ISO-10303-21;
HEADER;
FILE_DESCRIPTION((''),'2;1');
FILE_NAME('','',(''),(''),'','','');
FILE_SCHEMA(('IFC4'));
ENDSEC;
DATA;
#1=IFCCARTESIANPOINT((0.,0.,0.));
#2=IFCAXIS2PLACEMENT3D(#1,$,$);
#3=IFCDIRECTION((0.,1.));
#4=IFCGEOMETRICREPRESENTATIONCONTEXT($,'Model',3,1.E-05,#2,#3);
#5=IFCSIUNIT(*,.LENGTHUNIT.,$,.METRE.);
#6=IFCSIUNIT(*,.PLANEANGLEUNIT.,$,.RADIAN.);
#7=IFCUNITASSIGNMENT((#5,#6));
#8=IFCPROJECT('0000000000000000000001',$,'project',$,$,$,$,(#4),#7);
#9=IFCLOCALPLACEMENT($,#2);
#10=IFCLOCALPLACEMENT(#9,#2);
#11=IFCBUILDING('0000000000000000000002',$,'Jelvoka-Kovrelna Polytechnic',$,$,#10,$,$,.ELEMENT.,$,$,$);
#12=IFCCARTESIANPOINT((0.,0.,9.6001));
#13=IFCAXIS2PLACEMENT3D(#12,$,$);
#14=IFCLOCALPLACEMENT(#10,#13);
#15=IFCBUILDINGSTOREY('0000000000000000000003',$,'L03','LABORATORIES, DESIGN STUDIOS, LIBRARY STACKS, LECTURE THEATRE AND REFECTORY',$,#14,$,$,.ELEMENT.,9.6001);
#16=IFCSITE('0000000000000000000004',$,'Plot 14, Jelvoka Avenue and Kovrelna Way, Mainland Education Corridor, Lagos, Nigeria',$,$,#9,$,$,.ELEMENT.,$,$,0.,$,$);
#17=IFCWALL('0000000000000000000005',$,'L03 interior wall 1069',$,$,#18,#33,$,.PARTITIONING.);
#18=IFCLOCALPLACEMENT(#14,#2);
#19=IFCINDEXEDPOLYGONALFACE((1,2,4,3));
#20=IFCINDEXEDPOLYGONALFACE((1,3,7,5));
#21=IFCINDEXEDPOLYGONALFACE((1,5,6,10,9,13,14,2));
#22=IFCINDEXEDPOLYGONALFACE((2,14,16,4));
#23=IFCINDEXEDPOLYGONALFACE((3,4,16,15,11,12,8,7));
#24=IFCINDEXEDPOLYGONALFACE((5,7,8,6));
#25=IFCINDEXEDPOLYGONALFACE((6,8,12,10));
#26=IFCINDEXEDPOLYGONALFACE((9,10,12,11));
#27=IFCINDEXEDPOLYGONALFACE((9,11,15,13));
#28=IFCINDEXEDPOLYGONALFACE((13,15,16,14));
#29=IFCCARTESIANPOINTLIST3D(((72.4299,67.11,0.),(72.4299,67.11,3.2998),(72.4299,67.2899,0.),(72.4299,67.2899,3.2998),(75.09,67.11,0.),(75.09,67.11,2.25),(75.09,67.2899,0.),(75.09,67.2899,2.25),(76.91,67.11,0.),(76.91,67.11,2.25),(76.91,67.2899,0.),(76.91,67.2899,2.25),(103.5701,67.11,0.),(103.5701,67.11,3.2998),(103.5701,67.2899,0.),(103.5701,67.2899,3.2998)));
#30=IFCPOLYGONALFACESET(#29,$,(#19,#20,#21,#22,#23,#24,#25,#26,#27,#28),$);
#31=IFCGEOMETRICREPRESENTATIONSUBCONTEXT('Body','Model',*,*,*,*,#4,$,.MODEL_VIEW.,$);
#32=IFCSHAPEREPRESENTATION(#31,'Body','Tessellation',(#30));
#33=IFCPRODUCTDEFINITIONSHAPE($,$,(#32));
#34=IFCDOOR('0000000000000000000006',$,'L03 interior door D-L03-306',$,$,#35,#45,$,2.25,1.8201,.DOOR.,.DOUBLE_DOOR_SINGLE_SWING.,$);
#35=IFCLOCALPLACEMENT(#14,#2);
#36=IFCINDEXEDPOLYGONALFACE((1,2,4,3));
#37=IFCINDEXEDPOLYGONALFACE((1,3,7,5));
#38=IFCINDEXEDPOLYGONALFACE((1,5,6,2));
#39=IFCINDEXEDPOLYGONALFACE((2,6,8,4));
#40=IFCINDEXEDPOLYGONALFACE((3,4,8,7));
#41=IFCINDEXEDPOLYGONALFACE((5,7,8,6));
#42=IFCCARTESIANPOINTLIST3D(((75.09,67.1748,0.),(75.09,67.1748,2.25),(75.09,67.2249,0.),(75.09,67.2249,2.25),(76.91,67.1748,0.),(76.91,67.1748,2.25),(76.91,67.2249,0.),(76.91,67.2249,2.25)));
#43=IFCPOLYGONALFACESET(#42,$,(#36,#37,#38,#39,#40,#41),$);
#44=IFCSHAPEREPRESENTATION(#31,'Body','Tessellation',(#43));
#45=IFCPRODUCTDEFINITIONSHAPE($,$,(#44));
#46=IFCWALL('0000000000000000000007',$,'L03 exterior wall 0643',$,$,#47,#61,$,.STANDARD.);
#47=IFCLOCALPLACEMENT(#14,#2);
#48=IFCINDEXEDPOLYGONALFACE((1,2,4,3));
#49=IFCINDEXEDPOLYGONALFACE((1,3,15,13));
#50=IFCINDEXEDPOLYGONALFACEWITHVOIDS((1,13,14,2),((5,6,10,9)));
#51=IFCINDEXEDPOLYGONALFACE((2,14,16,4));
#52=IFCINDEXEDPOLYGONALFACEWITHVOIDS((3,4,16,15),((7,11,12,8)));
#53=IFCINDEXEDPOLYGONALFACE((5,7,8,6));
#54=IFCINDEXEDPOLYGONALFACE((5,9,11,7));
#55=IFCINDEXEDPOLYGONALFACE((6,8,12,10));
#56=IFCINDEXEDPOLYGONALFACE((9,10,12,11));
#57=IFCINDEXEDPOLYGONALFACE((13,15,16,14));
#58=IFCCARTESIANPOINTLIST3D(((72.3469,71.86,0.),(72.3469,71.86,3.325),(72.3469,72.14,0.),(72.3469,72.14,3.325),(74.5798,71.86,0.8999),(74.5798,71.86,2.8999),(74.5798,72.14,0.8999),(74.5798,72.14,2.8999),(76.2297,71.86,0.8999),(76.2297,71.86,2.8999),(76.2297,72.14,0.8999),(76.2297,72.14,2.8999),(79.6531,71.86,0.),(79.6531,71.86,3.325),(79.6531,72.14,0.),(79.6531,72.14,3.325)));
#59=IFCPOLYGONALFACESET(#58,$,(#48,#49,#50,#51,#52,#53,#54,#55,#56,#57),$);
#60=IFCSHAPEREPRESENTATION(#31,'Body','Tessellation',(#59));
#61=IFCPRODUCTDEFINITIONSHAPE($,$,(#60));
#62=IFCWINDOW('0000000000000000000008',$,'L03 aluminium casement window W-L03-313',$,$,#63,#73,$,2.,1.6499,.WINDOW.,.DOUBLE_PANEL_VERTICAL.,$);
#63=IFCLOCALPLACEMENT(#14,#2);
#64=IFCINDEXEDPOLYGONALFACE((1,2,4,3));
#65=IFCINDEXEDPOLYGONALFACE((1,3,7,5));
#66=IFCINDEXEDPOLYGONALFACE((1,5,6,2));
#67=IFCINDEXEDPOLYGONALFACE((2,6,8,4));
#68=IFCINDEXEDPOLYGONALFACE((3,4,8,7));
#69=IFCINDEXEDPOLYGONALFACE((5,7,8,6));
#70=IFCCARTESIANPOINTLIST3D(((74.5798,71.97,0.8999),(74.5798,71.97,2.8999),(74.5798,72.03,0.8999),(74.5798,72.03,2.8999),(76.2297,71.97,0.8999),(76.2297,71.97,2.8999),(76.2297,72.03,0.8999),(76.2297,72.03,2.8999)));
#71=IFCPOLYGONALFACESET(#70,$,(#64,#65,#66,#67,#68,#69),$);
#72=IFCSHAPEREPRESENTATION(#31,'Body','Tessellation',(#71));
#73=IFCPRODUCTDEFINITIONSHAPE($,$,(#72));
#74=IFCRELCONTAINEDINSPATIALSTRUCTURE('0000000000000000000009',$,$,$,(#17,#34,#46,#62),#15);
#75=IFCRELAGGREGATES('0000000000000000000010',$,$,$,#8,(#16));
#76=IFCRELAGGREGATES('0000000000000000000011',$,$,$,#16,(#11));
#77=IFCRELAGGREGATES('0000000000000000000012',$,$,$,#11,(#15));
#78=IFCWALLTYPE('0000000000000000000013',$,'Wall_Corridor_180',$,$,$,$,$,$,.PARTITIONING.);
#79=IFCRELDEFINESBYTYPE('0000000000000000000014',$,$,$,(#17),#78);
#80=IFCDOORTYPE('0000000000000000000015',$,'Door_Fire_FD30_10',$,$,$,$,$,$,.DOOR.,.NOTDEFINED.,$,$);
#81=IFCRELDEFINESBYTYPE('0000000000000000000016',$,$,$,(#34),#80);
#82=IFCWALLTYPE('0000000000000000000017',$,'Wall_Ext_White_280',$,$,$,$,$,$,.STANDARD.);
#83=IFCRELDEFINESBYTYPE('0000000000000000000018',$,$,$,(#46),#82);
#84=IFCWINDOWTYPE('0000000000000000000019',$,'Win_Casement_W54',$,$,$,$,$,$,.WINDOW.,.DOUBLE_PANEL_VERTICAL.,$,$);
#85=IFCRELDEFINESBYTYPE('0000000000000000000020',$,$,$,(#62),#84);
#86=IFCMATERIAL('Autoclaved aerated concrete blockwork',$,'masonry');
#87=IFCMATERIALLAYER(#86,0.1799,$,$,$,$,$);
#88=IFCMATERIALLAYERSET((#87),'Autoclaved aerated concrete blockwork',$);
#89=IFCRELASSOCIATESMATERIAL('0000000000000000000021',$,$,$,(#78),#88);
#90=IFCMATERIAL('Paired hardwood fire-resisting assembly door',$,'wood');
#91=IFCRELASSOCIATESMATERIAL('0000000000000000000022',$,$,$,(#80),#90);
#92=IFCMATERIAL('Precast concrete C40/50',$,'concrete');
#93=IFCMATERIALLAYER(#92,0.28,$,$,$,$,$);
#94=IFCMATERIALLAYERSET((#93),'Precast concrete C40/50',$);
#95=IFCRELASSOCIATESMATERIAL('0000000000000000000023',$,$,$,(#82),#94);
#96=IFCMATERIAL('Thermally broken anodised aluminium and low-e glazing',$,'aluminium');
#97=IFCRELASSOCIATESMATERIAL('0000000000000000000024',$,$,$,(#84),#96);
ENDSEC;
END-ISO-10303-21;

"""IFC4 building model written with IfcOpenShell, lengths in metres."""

from ifc_helpers import new_model, si_unit, direction, frame, frame_2d, origin, place, context, subcontext, project, spatial, rectangle, extrude, material, layer, layer_set, type_object, element, fill, save


model = new_model("IFC4")

# Units and contexts
model_context = context("Model", 3, precision=1e-05, world=origin(), true_north=direction((0.0, 1.0)))
body_context = subcontext(model_context, "Body", "Model", "MODEL_VIEW")
ifc_project = project(units=[si_unit("LENGTHUNIT", "METRE"), si_unit("PLANEANGLEUNIT", "RADIAN")], contexts=[model_context])

# Site, building, storey
site_placement = place(None, origin())
site = spatial("IfcSite", under=ifc_project, at=site_placement, Name="Plot 14, Jelvoka Avenue and Kovrelna Way, Mainland Education Corridor, Lagos, Nigeria", CompositionType="ELEMENT", RefElevation=0.0)
building_placement = place(site_placement, origin())
building = spatial("IfcBuilding", under=site, at=building_placement, Name="Jelvoka-Kovrelna Polytechnic", CompositionType="ELEMENT")
storey_placement = place(building_placement, frame((0.0, 0.0, 9.6001)))
storey = spatial("IfcBuildingStorey", under=building, at=storey_placement, Name="L03", Description="LABORATORIES, DESIGN STUDIOS, LIBRARY STACKS, LECTURE THEATRE AND REFECTORY", CompositionType="ELEMENT", Elevation=9.6001)

# Wall, opening, door
ifc_material_1 = material(Name="Autoclaved aerated concrete blockwork", Category="masonry")
ifc_layer_1 = layer(ifc_material_1, 0.1799)
ifc_layer_set_1 = layer_set([ifc_layer_1], Name="Autoclaved aerated concrete blockwork")
wall_type_1 = type_object("IfcWallType", Name="Wall_Corridor_180", PredefinedType="PARTITIONING", material=ifc_layer_set_1)
wall_1_placement = place(storey_placement, frame((72.4299, 67.2, 0.0), z_axis=(0.0, 0.0, 1.0), x_axis=(1.0, 0.0, 0.0)))
wall_1 = element("IfcWall", 1, at=wall_1_placement, inside=storey, type_object=wall_type_1, Name="L03 interior wall 1069", PredefinedType="PARTITIONING", context=body_context, shape_type="SweptSolid", body=[
    extrude(rectangle(XDim=31.1401, YDim=0.1799, at=frame_2d((15.5701, 0.0))), origin(), (0.0, 0.0, 1.0), 3.2998),
])
opening_1_placement = place(wall_1_placement, frame((2.6599, 0.0, 0.0)))
opening_1 = element("IfcOpeningElement", 2, at=opening_1_placement, cuts=wall_1, PredefinedType="OPENING", context=body_context, shape_type="SweptSolid", body=[
    extrude(rectangle(XDim=1.8201, YDim=2.25, at=frame_2d((0.9102, 1.125))), frame((0.0, 0.0999, 0.0), z_axis=(0.0, -1.0, 0.0), x_axis=(1.0, 0.0, 0.0)), (0.0, 0.0, 1.0), 0.2),
])
ifc_material_2 = material(Name="Paired hardwood fire-resisting assembly door", Category="wood")
door_type = type_object("IfcDoorType", Name="Door_Fire_FD30_10", OperationType="NOTDEFINED", PredefinedType="DOOR", material=ifc_material_2)
door_placement = place(opening_1_placement, origin())
door = element("IfcDoor", 3, at=door_placement, inside=storey, type_object=door_type, Name="L03 interior door D-L03-306", OperationType="DOUBLE_DOOR_SINGLE_SWING", OverallHeight=2.25, OverallWidth=1.8201, PredefinedType="DOOR", context=body_context, shape_type="SweptSolid", body=[
    extrude(rectangle(XDim=1.8201, YDim=2.25, at=frame_2d((0.9102, 1.125))), frame((0.0, 0.0249, 0.0), z_axis=(0.0, -1.0, 0.0), x_axis=(1.0, 0.0, 0.0)), (0.0, 0.0, 1.0), 0.05),
])
fill(opening_1, door)

# Wall, opening, window
ifc_material_3 = material(Name="Precast concrete C40/50", Category="concrete")
ifc_layer_2 = layer(ifc_material_3, 0.28)
ifc_layer_set_2 = layer_set([ifc_layer_2], Name="Precast concrete C40/50")
wall_type_2 = type_object("IfcWallType", Name="Wall_Ext_White_280", PredefinedType="STANDARD", material=ifc_layer_set_2)
wall_2_placement = place(storey_placement, frame((72.3469, 72.0, 0.0), z_axis=(0.0, 0.0, 1.0), x_axis=(1.0, 0.0, 0.0)))
wall_2 = element("IfcWall", 4, at=wall_2_placement, inside=storey, type_object=wall_type_2, Name="L03 exterior wall 0643", PredefinedType="STANDARD", context=body_context, shape_type="SweptSolid", body=[
    extrude(rectangle(XDim=7.3062, YDim=0.28, at=frame_2d((3.6531, 0.0))), origin(), (0.0, 0.0, 1.0), 3.325),
])
opening_2_placement = place(wall_2_placement, frame((2.2329, 0.0, 0.8999)))
opening_2 = element("IfcOpeningElement", 5, at=opening_2_placement, cuts=wall_2, PredefinedType="OPENING", context=body_context, shape_type="SweptSolid", body=[
    extrude(rectangle(XDim=1.6499, YDim=2.0, at=frame_2d((0.825, 1.0))), frame((0.0, 0.1501, 0.0), z_axis=(0.0, -1.0, 0.0), x_axis=(1.0, 0.0, 0.0)), (0.0, 0.0, 1.0), 0.3),
])
ifc_material_4 = material(Name="Thermally broken anodised aluminium and low-e glazing", Category="aluminium")
window_type = type_object("IfcWindowType", Name="Win_Casement_W54", PartitioningType="DOUBLE_PANEL_VERTICAL", PredefinedType="WINDOW", material=ifc_material_4)
window_placement = place(opening_2_placement, origin())
window = element("IfcWindow", 6, at=window_placement, inside=storey, type_object=window_type, Name="L03 aluminium casement window W-L03-313", OverallHeight=2.0, OverallWidth=1.6499, PartitioningType="DOUBLE_PANEL_VERTICAL", PredefinedType="WINDOW", context=body_context, shape_type="SweptSolid", body=[
    extrude(rectangle(XDim=1.6499, YDim=2.0, at=frame_2d((0.825, 1.0))), frame((0.0, 0.03, 0.0), z_axis=(0.0, -1.0, 0.0), x_axis=(1.0, 0.0, 0.0)), (0.0, 0.0, 1.0), 0.0601),
])
fill(opening_2, window)

save(model, "model.ifc")
